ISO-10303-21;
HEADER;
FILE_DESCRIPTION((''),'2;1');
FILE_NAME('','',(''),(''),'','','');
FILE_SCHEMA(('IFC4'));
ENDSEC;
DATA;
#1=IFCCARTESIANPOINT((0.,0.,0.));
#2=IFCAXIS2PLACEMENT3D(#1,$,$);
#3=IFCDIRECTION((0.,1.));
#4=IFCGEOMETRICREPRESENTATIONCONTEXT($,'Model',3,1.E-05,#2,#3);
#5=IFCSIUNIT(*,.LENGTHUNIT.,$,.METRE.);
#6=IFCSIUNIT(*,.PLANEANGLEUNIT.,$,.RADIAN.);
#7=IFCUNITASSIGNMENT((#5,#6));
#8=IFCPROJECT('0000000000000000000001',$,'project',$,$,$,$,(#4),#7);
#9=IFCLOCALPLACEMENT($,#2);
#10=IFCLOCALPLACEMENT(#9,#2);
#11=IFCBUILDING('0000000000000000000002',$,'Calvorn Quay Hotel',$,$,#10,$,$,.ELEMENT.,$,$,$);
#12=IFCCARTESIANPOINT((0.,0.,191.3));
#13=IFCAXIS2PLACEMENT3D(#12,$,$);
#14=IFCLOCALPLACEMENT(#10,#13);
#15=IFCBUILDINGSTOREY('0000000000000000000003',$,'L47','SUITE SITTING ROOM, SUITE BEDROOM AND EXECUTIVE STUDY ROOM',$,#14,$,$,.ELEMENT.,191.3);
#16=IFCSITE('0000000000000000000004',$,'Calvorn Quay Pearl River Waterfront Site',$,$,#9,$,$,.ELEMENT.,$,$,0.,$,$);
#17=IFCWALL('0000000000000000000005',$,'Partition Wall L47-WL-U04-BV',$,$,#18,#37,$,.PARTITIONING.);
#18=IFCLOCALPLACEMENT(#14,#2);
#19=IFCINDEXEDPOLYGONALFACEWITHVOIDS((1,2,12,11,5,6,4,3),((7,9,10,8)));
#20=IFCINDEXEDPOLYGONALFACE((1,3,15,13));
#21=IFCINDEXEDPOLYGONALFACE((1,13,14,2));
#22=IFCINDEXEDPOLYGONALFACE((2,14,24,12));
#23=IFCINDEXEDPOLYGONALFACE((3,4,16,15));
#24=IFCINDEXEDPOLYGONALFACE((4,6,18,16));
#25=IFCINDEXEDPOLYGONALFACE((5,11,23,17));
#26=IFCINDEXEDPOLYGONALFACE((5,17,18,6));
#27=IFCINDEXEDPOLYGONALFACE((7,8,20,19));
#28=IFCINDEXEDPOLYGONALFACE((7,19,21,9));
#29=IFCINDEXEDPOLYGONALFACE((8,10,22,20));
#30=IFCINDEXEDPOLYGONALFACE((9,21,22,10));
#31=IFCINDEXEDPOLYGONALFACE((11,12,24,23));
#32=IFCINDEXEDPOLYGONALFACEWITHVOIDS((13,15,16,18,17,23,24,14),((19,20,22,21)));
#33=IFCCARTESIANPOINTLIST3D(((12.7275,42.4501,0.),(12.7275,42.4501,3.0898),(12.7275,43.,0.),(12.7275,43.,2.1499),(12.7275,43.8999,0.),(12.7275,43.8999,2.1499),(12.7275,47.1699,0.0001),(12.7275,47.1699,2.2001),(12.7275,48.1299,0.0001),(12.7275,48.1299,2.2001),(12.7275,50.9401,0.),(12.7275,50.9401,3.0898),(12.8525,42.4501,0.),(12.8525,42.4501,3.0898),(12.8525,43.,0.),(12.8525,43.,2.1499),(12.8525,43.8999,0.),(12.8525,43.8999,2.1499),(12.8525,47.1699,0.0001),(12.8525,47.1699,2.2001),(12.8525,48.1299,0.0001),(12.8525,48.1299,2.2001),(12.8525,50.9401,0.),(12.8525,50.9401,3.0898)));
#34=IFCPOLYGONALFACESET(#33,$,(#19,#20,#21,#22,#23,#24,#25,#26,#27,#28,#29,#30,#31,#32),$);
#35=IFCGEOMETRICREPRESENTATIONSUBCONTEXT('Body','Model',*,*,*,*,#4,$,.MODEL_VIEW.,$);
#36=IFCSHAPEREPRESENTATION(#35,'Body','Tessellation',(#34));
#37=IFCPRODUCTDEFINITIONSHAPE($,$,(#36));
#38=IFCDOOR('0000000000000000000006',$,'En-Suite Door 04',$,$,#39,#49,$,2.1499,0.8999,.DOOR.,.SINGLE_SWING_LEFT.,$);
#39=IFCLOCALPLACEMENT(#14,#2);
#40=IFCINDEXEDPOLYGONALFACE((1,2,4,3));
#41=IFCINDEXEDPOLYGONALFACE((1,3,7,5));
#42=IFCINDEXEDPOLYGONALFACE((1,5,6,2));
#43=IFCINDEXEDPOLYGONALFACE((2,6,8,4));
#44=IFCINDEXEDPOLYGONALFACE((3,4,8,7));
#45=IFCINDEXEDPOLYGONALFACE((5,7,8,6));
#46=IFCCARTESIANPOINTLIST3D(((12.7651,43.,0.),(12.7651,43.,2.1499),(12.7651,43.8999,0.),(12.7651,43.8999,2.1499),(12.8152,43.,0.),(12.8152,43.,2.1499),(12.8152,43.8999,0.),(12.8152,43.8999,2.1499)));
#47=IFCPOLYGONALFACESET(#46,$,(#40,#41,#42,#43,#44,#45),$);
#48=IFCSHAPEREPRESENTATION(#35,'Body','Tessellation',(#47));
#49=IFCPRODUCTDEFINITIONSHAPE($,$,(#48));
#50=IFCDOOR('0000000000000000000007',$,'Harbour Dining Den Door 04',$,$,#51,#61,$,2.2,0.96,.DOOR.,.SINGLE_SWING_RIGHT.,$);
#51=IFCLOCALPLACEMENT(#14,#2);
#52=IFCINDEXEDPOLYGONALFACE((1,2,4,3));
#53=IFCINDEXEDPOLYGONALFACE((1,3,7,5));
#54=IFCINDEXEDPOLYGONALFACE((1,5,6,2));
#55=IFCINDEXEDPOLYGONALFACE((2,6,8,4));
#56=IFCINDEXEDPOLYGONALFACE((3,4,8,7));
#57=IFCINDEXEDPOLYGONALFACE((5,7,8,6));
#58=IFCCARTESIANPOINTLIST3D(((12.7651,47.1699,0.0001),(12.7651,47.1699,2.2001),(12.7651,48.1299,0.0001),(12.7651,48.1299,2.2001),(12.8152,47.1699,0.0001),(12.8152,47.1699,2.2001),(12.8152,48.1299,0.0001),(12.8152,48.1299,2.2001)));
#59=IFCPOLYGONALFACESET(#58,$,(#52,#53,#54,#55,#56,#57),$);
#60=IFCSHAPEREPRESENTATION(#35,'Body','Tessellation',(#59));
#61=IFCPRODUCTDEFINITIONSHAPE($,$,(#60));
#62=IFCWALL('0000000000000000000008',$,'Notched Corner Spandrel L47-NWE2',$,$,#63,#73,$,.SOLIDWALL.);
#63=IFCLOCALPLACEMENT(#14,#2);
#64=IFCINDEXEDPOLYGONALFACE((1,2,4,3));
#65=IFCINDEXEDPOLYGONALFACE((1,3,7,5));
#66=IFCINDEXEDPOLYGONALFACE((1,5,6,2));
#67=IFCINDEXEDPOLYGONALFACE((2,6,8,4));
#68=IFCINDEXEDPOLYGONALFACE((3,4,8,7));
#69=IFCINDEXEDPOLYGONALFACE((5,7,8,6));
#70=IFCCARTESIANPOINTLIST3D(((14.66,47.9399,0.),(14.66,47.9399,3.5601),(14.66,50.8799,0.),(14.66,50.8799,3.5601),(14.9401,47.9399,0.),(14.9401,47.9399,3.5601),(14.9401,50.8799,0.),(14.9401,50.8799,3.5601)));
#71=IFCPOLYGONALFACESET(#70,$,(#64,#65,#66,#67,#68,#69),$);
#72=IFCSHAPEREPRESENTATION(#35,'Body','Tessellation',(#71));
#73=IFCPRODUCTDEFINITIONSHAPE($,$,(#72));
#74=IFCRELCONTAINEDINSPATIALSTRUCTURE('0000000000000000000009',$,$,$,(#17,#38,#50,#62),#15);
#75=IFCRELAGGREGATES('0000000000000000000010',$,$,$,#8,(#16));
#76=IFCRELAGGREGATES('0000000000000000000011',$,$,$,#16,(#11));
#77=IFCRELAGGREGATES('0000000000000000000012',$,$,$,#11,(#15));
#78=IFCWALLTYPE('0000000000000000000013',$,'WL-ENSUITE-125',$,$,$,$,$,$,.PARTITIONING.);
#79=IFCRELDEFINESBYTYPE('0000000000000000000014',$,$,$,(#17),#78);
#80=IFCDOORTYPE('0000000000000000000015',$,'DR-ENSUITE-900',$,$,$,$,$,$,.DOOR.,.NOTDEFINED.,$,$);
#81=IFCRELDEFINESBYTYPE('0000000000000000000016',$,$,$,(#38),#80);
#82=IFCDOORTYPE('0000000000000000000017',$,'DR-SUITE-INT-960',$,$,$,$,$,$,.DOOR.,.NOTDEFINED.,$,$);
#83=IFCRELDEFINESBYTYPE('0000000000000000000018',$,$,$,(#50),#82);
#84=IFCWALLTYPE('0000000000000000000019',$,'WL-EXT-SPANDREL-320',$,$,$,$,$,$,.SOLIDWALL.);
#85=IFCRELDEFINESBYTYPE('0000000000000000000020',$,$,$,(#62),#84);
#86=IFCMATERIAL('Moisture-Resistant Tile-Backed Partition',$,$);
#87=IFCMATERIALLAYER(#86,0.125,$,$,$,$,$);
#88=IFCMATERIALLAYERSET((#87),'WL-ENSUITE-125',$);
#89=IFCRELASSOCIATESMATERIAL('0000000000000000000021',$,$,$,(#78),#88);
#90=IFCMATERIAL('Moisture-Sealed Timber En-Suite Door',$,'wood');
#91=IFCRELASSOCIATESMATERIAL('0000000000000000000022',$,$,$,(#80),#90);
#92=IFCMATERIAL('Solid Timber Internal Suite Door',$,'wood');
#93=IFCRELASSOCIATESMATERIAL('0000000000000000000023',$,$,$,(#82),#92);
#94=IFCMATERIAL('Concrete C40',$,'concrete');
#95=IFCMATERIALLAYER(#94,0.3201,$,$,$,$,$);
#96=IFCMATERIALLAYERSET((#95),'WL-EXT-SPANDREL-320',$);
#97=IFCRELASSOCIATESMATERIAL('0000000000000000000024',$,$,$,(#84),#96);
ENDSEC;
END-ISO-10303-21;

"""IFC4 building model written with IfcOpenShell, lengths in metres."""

from ifc_helpers import new_model, si_unit, direction, frame, frame_2d, origin, place, context, subcontext, project, spatial, rectangle, extrude, material, layer, layer_set, type_object, element, fill, save


model = new_model("IFC4")

# Units and contexts
model_context = context("Model", 3, precision=1e-05, world=origin(), true_north=direction((0.0, 1.0)))
body_context = subcontext(model_context, "Body", "Model", "MODEL_VIEW")
ifc_project = project(units=[si_unit("LENGTHUNIT", "METRE"), si_unit("PLANEANGLEUNIT", "RADIAN")], contexts=[model_context])

# Site, building, storey
site_placement = place(None, origin())
site = spatial("IfcSite", under=ifc_project, at=site_placement, Name="Calvorn Quay Pearl River Waterfront Site", CompositionType="ELEMENT", RefElevation=0.0)
building_placement = place(site_placement, origin())
building = spatial("IfcBuilding", under=site, at=building_placement, Name="Calvorn Quay Hotel", CompositionType="ELEMENT")
storey_placement = place(building_placement, frame((0.0, 0.0, 191.3)))
storey = spatial("IfcBuildingStorey", under=building, at=storey_placement, Name="L47", Description="SUITE SITTING ROOM, SUITE BEDROOM AND EXECUTIVE STUDY ROOM", CompositionType="ELEMENT", Elevation=191.3)

# Shared definitions
ifc_material_1 = material(Name="Moisture-Resistant Tile-Backed Partition")
ifc_layer_1 = layer(ifc_material_1, 0.125)
ifc_layer_set_1 = layer_set([ifc_layer_1], Name="WL-ENSUITE-125")
wall_type_1 = type_object("IfcWallType", Name="WL-ENSUITE-125", PredefinedType="PARTITIONING", material=ifc_layer_set_1)

# Wall, openings, doors
wall_1_placement = place(storey_placement, frame((12.79, 42.45, 0.0), z_axis=(0.0, 0.0, 1.0), x_axis=(0.0, 1.0, 0.0)))
wall_1 = element("IfcWall", 1, at=wall_1_placement, inside=storey, type_object=wall_type_1, Name="Partition Wall L47-WL-U04-BV", PredefinedType="PARTITIONING", context=body_context, shape_type="SweptSolid", body=[
    extrude(rectangle(XDim=8.49, YDim=0.125, at=frame_2d((4.2451, 0.0))), origin(), (0.0, 0.0, 1.0), 3.0898),
])
opening_1_placement = place(wall_1_placement, frame((0.55, 0.0, 0.0)))
opening_1 = element("IfcOpeningElement", 2, at=opening_1_placement, cuts=wall_1, PredefinedType="OPENING", context=body_context, shape_type="SweptSolid", body=[
    extrude(rectangle(XDim=0.8999, YDim=2.1499, at=frame_2d((0.45, 1.075))), frame((0.0, 0.0725, 0.0), z_axis=(0.0, -1.0, 0.0), x_axis=(1.0, 0.0, 0.0)), (0.0, 0.0, 1.0), 0.145),
])
opening_2_placement = place(wall_1_placement, frame((4.72, 0.0, 0.0)))
opening_2 = element("IfcOpeningElement", 3, at=opening_2_placement, cuts=wall_1, PredefinedType="OPENING", context=body_context, shape_type="SweptSolid", body=[
    extrude(rectangle(XDim=0.96, YDim=2.2, at=frame_2d((0.48, 1.1001))), frame((0.0, 0.0725, 0.0), z_axis=(0.0, -1.0, 0.0), x_axis=(1.0, 0.0, 0.0)), (0.0, 0.0, 1.0), 0.145),
])
ifc_material_2 = material(Name="Moisture-Sealed Timber En-Suite Door", Category="wood")
door_type_1 = type_object("IfcDoorType", Name="DR-ENSUITE-900", OperationType="NOTDEFINED", PredefinedType="DOOR", material=ifc_material_2)
door_1_placement = place(opening_1_placement, origin())
door_1 = element("IfcDoor", 4, at=door_1_placement, inside=storey, type_object=door_type_1, Name="En-Suite Door 04", OperationType="SINGLE_SWING_LEFT", OverallHeight=2.1499, OverallWidth=0.8999, PredefinedType="DOOR", context=body_context, shape_type="SweptSolid", body=[
    extrude(rectangle(XDim=0.8999, YDim=2.1499, at=frame_2d((0.45, 1.075))), frame((0.0, 0.0249, 0.0), z_axis=(0.0, -1.0, 0.0), x_axis=(1.0, 0.0, 0.0)), (0.0, 0.0, 1.0), 0.05),
])
fill(opening_1, door_1)
ifc_material_3 = material(Name="Solid Timber Internal Suite Door", Category="wood")
door_type_2 = type_object("IfcDoorType", Name="DR-SUITE-INT-960", OperationType="NOTDEFINED", PredefinedType="DOOR", material=ifc_material_3)
door_2_placement = place(opening_2_placement, origin())
door_2 = element("IfcDoor", 5, at=door_2_placement, inside=storey, type_object=door_type_2, Name="Harbour Dining Den Door 04", OperationType="SINGLE_SWING_RIGHT", OverallHeight=2.2, OverallWidth=0.96, PredefinedType="DOOR", context=body_context, shape_type="SweptSolid", body=[
    extrude(rectangle(XDim=0.96, YDim=2.2, at=frame_2d((0.48, 1.1001))), frame((0.0, 0.0249, 0.0), z_axis=(0.0, -1.0, 0.0), x_axis=(1.0, 0.0, 0.0)), (0.0, 0.0, 1.0), 0.05),
])
fill(opening_2, door_2)

# Wall
ifc_material_4 = material(Name="Concrete C40", Category="concrete")
ifc_layer_2 = layer(ifc_material_4, 0.3201)
ifc_layer_set_2 = layer_set([ifc_layer_2], Name="WL-EXT-SPANDREL-320")
wall_type_2 = type_object("IfcWallType", Name="WL-EXT-SPANDREL-320", PredefinedType="SOLIDWALL", material=ifc_layer_set_2)
wall_2_placement = place(storey_placement, frame((14.8, 47.9399, 0.0), z_axis=(0.0, 0.0, 1.0), x_axis=(0.0, 1.0, 0.0)))
element("IfcWall", 6, at=wall_2_placement, inside=storey, type_object=wall_type_2, Name="Notched Corner Spandrel L47-NWE2", PredefinedType="SOLIDWALL", context=body_context, shape_type="SweptSolid", body=[
    extrude(rectangle(XDim=2.9399, YDim=0.28, at=frame_2d((1.47, 0.0))), origin(), (0.0, 0.0, 1.0), 3.5601),
])

save(model, "model.ifc")
